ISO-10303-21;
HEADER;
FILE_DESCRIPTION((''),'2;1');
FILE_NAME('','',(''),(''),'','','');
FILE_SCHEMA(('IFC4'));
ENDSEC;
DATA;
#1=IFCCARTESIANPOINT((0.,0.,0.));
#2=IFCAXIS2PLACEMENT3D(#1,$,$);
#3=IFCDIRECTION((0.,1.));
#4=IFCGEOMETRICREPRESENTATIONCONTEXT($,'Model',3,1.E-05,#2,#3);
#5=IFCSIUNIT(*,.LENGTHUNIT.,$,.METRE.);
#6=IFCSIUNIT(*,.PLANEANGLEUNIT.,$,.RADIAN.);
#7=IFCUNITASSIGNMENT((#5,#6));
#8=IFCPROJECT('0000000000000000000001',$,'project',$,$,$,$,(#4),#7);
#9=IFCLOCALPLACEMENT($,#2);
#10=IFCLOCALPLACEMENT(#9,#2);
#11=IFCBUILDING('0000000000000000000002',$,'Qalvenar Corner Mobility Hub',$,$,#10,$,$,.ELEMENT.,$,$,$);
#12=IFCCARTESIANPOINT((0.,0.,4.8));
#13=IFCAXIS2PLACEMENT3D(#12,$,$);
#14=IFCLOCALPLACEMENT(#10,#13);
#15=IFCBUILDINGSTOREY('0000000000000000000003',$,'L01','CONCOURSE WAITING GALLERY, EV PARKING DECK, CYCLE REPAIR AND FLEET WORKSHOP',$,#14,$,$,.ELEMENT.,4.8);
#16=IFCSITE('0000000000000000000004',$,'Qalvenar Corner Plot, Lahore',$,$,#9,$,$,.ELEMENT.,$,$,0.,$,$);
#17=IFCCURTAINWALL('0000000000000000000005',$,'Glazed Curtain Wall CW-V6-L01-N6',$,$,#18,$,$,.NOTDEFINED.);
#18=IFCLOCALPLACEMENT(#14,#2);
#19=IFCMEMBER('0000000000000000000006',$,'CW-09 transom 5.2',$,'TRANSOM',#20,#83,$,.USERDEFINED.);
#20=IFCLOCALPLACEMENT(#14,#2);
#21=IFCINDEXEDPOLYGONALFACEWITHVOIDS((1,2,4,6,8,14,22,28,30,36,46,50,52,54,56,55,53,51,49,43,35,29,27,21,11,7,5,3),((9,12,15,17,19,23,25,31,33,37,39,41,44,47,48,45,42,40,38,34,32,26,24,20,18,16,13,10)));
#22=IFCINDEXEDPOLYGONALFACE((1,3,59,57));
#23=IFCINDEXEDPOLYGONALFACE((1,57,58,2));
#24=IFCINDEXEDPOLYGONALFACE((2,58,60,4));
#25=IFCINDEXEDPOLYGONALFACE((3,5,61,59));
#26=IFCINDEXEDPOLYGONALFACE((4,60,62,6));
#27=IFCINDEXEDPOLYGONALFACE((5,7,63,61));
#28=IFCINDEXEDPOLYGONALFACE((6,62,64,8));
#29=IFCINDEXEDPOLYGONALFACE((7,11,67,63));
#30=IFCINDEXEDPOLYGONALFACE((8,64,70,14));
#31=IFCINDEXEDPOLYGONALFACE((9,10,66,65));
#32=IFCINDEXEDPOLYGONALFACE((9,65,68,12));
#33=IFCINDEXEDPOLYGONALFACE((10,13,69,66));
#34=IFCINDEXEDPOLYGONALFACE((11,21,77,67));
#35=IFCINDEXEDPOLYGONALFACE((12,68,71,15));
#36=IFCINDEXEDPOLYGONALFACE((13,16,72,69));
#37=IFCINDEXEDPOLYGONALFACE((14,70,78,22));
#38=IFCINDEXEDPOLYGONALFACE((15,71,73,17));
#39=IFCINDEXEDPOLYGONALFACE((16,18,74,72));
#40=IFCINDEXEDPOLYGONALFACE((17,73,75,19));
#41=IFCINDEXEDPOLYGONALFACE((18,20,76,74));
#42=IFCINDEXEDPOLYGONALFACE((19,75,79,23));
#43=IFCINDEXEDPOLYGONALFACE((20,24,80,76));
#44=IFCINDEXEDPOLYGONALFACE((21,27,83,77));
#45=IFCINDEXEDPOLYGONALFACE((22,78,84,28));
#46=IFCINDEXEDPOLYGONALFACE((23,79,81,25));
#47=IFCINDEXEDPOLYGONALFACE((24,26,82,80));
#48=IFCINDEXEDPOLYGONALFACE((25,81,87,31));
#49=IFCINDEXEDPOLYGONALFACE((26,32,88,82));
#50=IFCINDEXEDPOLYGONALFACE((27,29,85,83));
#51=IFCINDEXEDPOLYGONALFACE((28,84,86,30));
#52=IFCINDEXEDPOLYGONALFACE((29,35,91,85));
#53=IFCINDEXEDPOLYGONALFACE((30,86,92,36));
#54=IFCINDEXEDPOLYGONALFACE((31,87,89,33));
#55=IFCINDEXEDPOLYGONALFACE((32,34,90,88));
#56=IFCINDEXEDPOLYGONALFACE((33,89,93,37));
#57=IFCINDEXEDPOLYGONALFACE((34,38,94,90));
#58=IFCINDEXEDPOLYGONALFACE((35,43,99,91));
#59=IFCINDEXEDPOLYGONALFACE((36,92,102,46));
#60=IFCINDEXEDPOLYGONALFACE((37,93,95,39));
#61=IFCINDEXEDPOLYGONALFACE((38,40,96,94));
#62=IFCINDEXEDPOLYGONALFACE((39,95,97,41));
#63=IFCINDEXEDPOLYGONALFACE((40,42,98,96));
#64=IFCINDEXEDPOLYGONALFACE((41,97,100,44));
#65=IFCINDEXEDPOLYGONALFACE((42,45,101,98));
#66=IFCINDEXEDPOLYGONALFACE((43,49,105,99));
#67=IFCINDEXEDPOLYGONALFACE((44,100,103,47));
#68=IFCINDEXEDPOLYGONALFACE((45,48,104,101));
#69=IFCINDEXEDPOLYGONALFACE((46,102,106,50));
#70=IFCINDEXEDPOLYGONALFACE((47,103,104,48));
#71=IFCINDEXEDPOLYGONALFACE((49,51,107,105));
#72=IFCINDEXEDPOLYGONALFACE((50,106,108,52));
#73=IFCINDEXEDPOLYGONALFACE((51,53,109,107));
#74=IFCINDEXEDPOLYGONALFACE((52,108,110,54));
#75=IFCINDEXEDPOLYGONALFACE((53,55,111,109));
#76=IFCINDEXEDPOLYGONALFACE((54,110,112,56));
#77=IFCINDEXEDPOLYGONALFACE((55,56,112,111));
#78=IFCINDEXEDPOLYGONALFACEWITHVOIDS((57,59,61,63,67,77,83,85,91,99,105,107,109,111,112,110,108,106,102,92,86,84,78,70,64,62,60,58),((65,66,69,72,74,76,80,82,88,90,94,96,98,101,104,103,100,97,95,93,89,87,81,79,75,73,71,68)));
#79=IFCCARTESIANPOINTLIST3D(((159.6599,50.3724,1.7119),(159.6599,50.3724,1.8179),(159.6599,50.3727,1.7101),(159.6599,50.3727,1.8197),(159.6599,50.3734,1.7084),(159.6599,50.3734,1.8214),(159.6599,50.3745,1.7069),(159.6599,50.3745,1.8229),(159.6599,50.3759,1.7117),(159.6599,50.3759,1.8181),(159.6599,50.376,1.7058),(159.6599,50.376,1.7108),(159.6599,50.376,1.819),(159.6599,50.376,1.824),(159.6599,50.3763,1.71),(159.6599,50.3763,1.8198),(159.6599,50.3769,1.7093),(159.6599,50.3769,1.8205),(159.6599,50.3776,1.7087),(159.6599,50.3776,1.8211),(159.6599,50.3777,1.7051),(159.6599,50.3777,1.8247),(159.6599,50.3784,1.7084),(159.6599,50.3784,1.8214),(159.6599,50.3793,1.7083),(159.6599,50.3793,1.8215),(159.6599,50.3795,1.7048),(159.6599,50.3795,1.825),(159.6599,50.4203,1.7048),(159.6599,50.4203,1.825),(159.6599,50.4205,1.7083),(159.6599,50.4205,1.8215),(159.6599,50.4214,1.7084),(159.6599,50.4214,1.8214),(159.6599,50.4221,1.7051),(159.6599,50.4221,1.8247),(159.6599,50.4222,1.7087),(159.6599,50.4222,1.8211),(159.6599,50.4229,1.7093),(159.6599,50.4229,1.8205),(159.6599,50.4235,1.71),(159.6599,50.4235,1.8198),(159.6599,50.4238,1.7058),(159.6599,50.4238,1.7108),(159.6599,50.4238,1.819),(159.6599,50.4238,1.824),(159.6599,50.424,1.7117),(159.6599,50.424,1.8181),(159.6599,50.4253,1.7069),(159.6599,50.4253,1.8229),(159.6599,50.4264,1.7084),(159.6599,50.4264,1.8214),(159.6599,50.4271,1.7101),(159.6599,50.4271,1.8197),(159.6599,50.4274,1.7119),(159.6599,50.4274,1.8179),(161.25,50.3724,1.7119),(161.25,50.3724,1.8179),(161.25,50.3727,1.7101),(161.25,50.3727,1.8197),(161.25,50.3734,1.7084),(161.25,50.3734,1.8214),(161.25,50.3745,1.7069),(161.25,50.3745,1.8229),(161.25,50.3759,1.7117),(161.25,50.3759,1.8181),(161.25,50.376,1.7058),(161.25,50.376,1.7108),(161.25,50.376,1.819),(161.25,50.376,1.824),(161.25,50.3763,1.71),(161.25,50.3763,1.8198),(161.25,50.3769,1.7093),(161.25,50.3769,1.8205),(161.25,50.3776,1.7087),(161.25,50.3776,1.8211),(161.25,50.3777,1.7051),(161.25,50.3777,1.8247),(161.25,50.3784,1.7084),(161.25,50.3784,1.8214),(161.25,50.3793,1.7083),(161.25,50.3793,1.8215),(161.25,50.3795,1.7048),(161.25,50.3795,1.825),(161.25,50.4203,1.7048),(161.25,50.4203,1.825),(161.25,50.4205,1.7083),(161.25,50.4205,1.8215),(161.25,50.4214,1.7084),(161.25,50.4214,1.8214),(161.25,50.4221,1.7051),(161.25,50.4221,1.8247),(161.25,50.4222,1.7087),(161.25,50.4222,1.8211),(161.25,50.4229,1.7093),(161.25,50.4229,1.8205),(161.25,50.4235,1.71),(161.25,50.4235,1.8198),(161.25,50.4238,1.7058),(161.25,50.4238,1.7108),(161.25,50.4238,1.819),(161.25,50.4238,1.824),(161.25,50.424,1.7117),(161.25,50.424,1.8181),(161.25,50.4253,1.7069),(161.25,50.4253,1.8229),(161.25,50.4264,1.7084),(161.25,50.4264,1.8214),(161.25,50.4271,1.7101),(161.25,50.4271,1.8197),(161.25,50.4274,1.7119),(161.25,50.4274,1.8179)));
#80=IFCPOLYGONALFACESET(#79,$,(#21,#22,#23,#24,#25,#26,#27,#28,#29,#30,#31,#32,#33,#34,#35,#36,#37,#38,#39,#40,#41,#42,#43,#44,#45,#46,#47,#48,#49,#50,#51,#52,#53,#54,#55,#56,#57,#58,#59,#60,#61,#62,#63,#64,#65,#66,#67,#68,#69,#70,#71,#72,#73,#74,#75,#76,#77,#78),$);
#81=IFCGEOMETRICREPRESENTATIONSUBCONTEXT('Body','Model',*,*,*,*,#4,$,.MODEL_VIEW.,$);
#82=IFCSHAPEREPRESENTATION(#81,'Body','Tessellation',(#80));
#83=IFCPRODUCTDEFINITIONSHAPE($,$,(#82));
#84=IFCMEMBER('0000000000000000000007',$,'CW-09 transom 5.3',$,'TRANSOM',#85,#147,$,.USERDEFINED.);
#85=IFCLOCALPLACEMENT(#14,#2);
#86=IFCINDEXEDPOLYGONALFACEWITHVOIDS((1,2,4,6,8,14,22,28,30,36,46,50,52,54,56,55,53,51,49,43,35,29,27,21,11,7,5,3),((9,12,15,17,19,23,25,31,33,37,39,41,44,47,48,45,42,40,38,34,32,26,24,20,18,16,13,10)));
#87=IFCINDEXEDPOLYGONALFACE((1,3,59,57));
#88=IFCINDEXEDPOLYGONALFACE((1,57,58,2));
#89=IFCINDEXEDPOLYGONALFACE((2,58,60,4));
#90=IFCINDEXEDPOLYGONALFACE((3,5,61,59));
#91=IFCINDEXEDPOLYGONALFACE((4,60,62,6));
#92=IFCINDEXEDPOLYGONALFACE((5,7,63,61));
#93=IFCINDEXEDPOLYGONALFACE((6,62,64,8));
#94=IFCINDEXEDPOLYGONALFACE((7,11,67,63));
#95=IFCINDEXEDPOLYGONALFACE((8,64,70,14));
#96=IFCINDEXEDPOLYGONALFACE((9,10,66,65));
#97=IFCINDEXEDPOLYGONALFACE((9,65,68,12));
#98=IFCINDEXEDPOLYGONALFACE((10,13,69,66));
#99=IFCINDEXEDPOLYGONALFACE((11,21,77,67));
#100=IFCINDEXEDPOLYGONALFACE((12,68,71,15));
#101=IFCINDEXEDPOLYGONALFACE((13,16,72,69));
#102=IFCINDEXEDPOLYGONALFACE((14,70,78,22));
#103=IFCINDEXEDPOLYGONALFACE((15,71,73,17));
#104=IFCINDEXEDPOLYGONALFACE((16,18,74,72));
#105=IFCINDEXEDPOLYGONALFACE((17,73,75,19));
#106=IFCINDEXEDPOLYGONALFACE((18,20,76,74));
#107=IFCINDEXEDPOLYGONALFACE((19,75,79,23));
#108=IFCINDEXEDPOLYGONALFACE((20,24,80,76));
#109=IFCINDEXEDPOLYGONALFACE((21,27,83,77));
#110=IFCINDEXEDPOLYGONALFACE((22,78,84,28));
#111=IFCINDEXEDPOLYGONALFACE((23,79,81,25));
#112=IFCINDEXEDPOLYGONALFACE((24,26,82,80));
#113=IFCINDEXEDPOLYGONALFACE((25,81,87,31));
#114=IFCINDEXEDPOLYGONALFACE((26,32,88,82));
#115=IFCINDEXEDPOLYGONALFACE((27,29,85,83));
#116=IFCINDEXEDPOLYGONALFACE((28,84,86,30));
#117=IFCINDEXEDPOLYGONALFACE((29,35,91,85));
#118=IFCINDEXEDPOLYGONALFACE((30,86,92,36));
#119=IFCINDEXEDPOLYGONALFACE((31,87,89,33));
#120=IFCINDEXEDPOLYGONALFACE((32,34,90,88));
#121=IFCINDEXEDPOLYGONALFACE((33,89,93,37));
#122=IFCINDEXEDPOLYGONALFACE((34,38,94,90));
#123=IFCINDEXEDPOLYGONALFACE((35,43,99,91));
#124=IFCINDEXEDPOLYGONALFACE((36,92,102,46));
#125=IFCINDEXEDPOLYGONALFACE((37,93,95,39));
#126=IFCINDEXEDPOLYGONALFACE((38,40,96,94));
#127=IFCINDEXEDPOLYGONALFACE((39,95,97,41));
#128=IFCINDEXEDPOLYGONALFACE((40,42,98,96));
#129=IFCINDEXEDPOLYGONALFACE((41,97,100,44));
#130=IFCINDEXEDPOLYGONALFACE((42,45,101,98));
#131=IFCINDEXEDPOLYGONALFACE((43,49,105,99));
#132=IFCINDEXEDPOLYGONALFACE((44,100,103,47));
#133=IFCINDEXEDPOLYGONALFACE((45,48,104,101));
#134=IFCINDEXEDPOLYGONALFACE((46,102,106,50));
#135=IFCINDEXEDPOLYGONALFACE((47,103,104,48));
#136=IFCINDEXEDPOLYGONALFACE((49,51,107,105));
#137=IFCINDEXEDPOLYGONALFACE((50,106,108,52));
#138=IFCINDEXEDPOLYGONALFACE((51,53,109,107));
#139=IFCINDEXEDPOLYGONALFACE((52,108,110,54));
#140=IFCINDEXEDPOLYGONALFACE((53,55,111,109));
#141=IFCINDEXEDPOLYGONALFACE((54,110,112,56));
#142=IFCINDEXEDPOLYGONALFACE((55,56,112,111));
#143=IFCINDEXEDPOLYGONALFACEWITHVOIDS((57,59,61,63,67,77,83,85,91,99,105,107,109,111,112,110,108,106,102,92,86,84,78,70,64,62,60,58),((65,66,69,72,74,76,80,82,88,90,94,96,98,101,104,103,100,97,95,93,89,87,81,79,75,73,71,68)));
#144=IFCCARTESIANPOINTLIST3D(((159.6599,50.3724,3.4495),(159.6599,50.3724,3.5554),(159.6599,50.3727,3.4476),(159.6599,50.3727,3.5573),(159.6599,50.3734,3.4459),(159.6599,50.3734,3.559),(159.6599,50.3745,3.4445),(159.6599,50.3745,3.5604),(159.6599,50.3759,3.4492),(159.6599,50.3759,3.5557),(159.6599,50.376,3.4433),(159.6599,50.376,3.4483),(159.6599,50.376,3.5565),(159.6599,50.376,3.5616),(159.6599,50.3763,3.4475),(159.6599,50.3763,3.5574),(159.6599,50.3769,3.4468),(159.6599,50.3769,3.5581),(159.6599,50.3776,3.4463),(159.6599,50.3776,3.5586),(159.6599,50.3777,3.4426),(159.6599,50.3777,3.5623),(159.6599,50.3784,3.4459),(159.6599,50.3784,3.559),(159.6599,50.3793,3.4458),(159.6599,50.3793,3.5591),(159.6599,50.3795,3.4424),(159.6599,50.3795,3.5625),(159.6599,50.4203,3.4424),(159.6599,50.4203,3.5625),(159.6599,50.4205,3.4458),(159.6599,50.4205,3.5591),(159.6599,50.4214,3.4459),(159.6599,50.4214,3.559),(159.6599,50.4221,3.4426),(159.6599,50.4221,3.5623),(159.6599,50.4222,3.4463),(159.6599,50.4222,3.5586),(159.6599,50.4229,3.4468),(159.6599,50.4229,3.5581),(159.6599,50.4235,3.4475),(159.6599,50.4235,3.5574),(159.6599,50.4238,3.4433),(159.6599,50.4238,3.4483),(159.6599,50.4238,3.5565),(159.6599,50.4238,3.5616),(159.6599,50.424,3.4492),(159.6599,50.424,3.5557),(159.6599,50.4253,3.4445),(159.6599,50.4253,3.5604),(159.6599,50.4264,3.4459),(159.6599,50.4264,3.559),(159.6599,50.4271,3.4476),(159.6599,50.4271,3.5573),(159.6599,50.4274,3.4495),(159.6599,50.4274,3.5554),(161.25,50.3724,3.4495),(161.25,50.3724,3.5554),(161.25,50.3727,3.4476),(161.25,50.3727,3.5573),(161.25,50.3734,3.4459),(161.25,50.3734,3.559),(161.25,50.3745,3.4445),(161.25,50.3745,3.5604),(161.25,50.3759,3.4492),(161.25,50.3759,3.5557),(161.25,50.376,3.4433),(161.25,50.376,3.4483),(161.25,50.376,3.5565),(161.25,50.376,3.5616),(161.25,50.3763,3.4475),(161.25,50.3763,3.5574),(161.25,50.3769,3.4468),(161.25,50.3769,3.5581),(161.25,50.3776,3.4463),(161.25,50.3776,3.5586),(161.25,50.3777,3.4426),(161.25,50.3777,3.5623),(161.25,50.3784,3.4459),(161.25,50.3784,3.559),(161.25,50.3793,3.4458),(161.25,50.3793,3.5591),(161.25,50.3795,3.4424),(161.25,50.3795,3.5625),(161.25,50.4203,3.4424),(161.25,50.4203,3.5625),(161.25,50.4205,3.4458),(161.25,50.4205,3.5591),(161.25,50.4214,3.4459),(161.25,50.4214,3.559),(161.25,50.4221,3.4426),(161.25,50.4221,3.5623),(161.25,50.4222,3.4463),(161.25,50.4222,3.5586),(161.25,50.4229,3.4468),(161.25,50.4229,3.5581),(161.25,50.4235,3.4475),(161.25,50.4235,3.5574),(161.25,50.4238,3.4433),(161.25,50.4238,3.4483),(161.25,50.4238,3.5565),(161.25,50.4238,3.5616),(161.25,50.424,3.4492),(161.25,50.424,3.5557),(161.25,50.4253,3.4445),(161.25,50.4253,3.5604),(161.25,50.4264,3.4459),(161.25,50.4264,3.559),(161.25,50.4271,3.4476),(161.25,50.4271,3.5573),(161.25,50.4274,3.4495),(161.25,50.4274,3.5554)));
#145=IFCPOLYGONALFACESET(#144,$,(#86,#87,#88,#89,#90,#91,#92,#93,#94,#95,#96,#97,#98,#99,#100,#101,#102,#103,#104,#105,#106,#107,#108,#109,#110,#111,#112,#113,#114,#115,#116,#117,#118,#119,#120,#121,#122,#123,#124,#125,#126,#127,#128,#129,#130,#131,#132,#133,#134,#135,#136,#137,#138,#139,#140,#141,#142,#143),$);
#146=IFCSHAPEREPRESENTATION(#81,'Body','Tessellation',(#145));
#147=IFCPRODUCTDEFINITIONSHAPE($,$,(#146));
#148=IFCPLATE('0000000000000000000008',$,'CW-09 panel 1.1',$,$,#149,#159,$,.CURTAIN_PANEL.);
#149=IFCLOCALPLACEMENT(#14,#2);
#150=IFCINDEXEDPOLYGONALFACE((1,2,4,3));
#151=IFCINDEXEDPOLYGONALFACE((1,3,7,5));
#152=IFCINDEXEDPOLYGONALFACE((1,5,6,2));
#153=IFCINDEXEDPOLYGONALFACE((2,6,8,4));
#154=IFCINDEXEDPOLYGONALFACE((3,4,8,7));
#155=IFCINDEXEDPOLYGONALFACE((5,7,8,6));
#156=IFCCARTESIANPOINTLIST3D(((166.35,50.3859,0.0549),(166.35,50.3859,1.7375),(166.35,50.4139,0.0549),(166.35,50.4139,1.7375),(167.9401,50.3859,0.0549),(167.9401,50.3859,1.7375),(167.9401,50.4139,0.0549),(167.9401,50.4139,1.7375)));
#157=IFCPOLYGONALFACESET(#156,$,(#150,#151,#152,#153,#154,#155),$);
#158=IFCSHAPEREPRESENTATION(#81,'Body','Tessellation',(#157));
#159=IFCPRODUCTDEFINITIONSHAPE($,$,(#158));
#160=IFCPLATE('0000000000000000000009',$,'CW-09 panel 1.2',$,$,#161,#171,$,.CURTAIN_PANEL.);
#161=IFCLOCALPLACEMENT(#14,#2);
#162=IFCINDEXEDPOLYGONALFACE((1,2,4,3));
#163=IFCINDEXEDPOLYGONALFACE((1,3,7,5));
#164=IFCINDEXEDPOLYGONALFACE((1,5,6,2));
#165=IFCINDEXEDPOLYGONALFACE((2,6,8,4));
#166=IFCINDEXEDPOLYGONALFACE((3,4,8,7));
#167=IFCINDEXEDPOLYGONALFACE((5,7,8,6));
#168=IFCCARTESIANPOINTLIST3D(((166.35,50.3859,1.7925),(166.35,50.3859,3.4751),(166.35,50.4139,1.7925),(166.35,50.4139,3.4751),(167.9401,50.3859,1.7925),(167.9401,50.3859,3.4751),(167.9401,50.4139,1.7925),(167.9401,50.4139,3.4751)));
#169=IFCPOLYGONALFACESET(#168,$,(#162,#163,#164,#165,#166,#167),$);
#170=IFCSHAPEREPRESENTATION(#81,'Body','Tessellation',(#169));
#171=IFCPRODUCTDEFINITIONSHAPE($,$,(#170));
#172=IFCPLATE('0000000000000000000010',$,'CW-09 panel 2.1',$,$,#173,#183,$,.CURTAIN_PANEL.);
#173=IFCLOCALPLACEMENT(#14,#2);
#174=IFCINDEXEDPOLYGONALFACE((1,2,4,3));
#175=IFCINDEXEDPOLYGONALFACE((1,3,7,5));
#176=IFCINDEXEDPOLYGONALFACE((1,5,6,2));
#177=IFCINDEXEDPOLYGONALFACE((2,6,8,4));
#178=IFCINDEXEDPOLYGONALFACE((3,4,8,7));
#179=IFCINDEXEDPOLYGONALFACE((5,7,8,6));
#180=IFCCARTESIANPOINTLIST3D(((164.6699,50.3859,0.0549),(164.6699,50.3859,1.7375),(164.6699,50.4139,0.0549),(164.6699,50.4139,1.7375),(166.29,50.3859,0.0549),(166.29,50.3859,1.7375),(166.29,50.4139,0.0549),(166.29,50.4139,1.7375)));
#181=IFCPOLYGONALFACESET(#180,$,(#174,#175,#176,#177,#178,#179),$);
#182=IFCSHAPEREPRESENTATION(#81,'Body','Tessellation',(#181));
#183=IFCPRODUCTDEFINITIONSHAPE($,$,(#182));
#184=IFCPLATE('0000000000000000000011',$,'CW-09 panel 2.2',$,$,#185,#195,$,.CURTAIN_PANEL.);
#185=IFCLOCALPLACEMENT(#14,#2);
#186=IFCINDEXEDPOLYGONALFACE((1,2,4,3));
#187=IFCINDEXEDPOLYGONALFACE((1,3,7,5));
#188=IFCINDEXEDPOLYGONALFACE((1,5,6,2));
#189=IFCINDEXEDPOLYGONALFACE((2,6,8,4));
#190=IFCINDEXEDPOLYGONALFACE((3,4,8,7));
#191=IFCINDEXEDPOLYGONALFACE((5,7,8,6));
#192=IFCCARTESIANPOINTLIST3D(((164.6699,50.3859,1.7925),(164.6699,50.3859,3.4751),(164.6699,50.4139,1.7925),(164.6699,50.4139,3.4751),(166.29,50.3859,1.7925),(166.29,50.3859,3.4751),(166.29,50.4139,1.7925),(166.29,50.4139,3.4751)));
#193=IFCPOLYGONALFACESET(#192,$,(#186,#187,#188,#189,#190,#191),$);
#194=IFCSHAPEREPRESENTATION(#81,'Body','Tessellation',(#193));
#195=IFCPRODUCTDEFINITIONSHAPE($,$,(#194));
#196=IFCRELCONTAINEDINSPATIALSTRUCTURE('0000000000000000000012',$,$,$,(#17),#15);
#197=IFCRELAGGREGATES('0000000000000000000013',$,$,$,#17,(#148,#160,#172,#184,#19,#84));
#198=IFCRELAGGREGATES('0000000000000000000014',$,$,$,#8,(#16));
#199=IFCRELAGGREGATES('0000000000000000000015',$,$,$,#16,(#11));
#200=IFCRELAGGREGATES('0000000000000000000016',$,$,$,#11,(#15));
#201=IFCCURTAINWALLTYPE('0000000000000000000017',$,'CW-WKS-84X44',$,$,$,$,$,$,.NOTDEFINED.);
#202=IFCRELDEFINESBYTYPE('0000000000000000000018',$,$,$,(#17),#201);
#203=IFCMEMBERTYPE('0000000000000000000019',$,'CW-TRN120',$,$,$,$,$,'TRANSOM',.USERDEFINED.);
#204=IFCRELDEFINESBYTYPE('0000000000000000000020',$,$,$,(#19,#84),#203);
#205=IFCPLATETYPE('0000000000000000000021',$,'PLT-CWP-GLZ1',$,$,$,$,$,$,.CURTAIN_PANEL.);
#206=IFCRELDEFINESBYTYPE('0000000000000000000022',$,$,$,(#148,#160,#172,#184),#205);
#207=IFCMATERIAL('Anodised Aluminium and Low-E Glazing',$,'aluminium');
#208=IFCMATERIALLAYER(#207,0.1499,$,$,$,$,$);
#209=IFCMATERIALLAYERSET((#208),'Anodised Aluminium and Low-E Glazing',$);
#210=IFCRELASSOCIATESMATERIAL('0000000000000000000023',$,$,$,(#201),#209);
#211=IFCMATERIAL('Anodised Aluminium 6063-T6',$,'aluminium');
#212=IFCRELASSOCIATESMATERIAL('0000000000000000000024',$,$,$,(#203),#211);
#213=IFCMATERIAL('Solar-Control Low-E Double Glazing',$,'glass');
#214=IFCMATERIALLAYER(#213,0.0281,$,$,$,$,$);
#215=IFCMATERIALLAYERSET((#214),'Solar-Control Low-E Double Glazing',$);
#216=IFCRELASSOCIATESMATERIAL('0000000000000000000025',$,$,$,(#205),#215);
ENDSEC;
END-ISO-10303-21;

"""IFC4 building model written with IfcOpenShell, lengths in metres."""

from ifc_helpers import new_model, si_unit, direction, frame, origin, origin_2d, place, context, subcontext, project, spatial, rectangle, hollow_rectangle, extrude, material, layer, layer_set, material_profile, profile_set, type_object, element, aggregate, save


model = new_model("IFC4")

# Units and contexts
model_context = context("Model", 3, precision=1e-05, world=origin(), true_north=direction((0.0, 1.0)))
body_context = subcontext(model_context, "Body", "Model", "MODEL_VIEW")
ifc_project = project(units=[si_unit("LENGTHUNIT", "METRE"), si_unit("PLANEANGLEUNIT", "RADIAN")], contexts=[model_context])

# Site, building, storey
site_placement = place(None, origin())
site = spatial("IfcSite", under=ifc_project, at=site_placement, Name="Qalvenar Corner Plot, Lahore", CompositionType="ELEMENT", RefElevation=0.0)
building_placement = place(site_placement, origin())
building = spatial("IfcBuilding", under=site, at=building_placement, Name="Qalvenar Corner Mobility Hub", CompositionType="ELEMENT")
storey_placement = place(building_placement, frame((0.0, 0.0, 4.8)))
storey = spatial("IfcBuildingStorey", under=building, at=storey_placement, Name="L01", Description="CONCOURSE WAITING GALLERY, EV PARKING DECK, CYCLE REPAIR AND FLEET WORKSHOP", CompositionType="ELEMENT", Elevation=4.8)

# Curtain wall, members, plates
ifc_material_1 = material(Name="Anodised Aluminium and Low-E Glazing", Category="aluminium")
ifc_layer_1 = layer(ifc_material_1, 0.1499)
ifc_layer_set_1 = layer_set([ifc_layer_1], Name="Anodised Aluminium and Low-E Glazing")
curtain_wall_type = type_object("IfcCurtainWallType", Name="CW-WKS-84X44", PredefinedType="NOTDEFINED", material=ifc_layer_set_1)
curtain_wall_placement = place(storey_placement, origin())
curtain_wall = element("IfcCurtainWall", 1, at=curtain_wall_placement, inside=storey, type_object=curtain_wall_type, Name="Glazed Curtain Wall CW-V6-L01-N6", PredefinedType="NOTDEFINED")
ifc_material_2 = material(Name="Anodised Aluminium 6063-T6", Category="aluminium")
ifc_material_profile_1 = material_profile(ifc_material_2, hollow_rectangle(XDim=0.0549, YDim=0.1201, WallThickness=0.0034, InnerFilletRadius=0.0034, OuterFilletRadius=0.0071, at=origin_2d()), Name="RHS120x55x3.5")
ifc_profile_set_1 = profile_set([ifc_material_profile_1], Name="Anodised Aluminium 6063-T6")
member_type_1 = type_object("IfcMemberType", Name="CW-TRN120", ElementType="TRANSOM", PredefinedType="USERDEFINED", material=ifc_profile_set_1)
member_1_placement = place(storey_placement, frame((161.25, 50.3999, 1.7649), z_axis=(-1.0, 0.0, 0.0), x_axis=(0.0, -1.0, 0.0)))
member_1 = element("IfcMember", 2, at=member_1_placement, type_object=member_type_1, Name="CW-09 transom 5.2", ObjectType="TRANSOM", PredefinedType="USERDEFINED", context=body_context, shape_type="SweptSolid", body=[
    extrude(hollow_rectangle(XDim=0.0549, YDim=0.1201, WallThickness=0.0034, InnerFilletRadius=0.0034, OuterFilletRadius=0.0071, at=origin_2d()), origin(), (0.0, 0.0, 1.0), 1.5901),
])
member_2_placement = place(storey_placement, frame((161.25, 50.3999, 3.5024), z_axis=(-1.0, 0.0, 0.0), x_axis=(0.0, -1.0, 0.0)))
member_2 = element("IfcMember", 3, at=member_2_placement, type_object=member_type_1, Name="CW-09 transom 5.3", ObjectType="TRANSOM", PredefinedType="USERDEFINED", context=body_context, shape_type="SweptSolid", body=[
    extrude(hollow_rectangle(XDim=0.0549, YDim=0.1201, WallThickness=0.0034, InnerFilletRadius=0.0034, OuterFilletRadius=0.0071, at=origin_2d()), origin(), (0.0, 0.0, 1.0), 1.5901),
])
ifc_material_3 = material(Name="Solar-Control Low-E Double Glazing", Category="glass")
ifc_layer_2 = layer(ifc_material_3, 0.0281)
ifc_layer_set_2 = layer_set([ifc_layer_2], Name="Solar-Control Low-E Double Glazing")
plate_type = type_object("IfcPlateType", Name="PLT-CWP-GLZ1", PredefinedType="CURTAIN_PANEL", material=ifc_layer_set_2)
plate_1_placement = place(storey_placement, frame((167.145, 50.3999, 0.0549), z_axis=(0.0, 0.0, 1.0), x_axis=(-1.0, 0.0, 0.0)))
plate_1 = element("IfcPlate", 4, at=plate_1_placement, type_object=plate_type, Name="CW-09 panel 1.1", PredefinedType="CURTAIN_PANEL", context=body_context, shape_type="SweptSolid", body=[
    extrude(rectangle(XDim=1.5901, YDim=0.0281, at=origin_2d()), origin(), (0.0, 0.0, 1.0), 1.6826),
])
plate_2_placement = place(storey_placement, frame((167.145, 50.3999, 1.7925), z_axis=(0.0, 0.0, 1.0), x_axis=(-1.0, 0.0, 0.0)))
plate_2 = element("IfcPlate", 5, at=plate_2_placement, type_object=plate_type, Name="CW-09 panel 1.2", PredefinedType="CURTAIN_PANEL", context=body_context, shape_type="SweptSolid", body=[
    extrude(rectangle(XDim=1.5901, YDim=0.0281, at=origin_2d()), origin(), (0.0, 0.0, 1.0), 1.6826),
])
plate_3_placement = place(storey_placement, frame((165.48, 50.3999, 0.0549), z_axis=(0.0, 0.0, 1.0), x_axis=(-1.0, 0.0, 0.0)))
plate_3 = element("IfcPlate", 6, at=plate_3_placement, type_object=plate_type, Name="CW-09 panel 2.1", PredefinedType="CURTAIN_PANEL", context=body_context, shape_type="SweptSolid", body=[
    extrude(rectangle(XDim=1.6201, YDim=0.0281, at=origin_2d()), origin(), (0.0, 0.0, 1.0), 1.6826),
])
plate_4_placement = place(storey_placement, frame((165.48, 50.3999, 1.7925), z_axis=(0.0, 0.0, 1.0), x_axis=(-1.0, 0.0, 0.0)))
plate_4 = element("IfcPlate", 7, at=plate_4_placement, type_object=plate_type, Name="CW-09 panel 2.2", PredefinedType="CURTAIN_PANEL", context=body_context, shape_type="SweptSolid", body=[
    extrude(rectangle(XDim=1.6201, YDim=0.0281, at=origin_2d()), origin(), (0.0, 0.0, 1.0), 1.6826),
])
aggregate(curtain_wall, [plate_1, plate_2, plate_3, plate_4, member_1, member_2])

save(model, "model.ifc")
